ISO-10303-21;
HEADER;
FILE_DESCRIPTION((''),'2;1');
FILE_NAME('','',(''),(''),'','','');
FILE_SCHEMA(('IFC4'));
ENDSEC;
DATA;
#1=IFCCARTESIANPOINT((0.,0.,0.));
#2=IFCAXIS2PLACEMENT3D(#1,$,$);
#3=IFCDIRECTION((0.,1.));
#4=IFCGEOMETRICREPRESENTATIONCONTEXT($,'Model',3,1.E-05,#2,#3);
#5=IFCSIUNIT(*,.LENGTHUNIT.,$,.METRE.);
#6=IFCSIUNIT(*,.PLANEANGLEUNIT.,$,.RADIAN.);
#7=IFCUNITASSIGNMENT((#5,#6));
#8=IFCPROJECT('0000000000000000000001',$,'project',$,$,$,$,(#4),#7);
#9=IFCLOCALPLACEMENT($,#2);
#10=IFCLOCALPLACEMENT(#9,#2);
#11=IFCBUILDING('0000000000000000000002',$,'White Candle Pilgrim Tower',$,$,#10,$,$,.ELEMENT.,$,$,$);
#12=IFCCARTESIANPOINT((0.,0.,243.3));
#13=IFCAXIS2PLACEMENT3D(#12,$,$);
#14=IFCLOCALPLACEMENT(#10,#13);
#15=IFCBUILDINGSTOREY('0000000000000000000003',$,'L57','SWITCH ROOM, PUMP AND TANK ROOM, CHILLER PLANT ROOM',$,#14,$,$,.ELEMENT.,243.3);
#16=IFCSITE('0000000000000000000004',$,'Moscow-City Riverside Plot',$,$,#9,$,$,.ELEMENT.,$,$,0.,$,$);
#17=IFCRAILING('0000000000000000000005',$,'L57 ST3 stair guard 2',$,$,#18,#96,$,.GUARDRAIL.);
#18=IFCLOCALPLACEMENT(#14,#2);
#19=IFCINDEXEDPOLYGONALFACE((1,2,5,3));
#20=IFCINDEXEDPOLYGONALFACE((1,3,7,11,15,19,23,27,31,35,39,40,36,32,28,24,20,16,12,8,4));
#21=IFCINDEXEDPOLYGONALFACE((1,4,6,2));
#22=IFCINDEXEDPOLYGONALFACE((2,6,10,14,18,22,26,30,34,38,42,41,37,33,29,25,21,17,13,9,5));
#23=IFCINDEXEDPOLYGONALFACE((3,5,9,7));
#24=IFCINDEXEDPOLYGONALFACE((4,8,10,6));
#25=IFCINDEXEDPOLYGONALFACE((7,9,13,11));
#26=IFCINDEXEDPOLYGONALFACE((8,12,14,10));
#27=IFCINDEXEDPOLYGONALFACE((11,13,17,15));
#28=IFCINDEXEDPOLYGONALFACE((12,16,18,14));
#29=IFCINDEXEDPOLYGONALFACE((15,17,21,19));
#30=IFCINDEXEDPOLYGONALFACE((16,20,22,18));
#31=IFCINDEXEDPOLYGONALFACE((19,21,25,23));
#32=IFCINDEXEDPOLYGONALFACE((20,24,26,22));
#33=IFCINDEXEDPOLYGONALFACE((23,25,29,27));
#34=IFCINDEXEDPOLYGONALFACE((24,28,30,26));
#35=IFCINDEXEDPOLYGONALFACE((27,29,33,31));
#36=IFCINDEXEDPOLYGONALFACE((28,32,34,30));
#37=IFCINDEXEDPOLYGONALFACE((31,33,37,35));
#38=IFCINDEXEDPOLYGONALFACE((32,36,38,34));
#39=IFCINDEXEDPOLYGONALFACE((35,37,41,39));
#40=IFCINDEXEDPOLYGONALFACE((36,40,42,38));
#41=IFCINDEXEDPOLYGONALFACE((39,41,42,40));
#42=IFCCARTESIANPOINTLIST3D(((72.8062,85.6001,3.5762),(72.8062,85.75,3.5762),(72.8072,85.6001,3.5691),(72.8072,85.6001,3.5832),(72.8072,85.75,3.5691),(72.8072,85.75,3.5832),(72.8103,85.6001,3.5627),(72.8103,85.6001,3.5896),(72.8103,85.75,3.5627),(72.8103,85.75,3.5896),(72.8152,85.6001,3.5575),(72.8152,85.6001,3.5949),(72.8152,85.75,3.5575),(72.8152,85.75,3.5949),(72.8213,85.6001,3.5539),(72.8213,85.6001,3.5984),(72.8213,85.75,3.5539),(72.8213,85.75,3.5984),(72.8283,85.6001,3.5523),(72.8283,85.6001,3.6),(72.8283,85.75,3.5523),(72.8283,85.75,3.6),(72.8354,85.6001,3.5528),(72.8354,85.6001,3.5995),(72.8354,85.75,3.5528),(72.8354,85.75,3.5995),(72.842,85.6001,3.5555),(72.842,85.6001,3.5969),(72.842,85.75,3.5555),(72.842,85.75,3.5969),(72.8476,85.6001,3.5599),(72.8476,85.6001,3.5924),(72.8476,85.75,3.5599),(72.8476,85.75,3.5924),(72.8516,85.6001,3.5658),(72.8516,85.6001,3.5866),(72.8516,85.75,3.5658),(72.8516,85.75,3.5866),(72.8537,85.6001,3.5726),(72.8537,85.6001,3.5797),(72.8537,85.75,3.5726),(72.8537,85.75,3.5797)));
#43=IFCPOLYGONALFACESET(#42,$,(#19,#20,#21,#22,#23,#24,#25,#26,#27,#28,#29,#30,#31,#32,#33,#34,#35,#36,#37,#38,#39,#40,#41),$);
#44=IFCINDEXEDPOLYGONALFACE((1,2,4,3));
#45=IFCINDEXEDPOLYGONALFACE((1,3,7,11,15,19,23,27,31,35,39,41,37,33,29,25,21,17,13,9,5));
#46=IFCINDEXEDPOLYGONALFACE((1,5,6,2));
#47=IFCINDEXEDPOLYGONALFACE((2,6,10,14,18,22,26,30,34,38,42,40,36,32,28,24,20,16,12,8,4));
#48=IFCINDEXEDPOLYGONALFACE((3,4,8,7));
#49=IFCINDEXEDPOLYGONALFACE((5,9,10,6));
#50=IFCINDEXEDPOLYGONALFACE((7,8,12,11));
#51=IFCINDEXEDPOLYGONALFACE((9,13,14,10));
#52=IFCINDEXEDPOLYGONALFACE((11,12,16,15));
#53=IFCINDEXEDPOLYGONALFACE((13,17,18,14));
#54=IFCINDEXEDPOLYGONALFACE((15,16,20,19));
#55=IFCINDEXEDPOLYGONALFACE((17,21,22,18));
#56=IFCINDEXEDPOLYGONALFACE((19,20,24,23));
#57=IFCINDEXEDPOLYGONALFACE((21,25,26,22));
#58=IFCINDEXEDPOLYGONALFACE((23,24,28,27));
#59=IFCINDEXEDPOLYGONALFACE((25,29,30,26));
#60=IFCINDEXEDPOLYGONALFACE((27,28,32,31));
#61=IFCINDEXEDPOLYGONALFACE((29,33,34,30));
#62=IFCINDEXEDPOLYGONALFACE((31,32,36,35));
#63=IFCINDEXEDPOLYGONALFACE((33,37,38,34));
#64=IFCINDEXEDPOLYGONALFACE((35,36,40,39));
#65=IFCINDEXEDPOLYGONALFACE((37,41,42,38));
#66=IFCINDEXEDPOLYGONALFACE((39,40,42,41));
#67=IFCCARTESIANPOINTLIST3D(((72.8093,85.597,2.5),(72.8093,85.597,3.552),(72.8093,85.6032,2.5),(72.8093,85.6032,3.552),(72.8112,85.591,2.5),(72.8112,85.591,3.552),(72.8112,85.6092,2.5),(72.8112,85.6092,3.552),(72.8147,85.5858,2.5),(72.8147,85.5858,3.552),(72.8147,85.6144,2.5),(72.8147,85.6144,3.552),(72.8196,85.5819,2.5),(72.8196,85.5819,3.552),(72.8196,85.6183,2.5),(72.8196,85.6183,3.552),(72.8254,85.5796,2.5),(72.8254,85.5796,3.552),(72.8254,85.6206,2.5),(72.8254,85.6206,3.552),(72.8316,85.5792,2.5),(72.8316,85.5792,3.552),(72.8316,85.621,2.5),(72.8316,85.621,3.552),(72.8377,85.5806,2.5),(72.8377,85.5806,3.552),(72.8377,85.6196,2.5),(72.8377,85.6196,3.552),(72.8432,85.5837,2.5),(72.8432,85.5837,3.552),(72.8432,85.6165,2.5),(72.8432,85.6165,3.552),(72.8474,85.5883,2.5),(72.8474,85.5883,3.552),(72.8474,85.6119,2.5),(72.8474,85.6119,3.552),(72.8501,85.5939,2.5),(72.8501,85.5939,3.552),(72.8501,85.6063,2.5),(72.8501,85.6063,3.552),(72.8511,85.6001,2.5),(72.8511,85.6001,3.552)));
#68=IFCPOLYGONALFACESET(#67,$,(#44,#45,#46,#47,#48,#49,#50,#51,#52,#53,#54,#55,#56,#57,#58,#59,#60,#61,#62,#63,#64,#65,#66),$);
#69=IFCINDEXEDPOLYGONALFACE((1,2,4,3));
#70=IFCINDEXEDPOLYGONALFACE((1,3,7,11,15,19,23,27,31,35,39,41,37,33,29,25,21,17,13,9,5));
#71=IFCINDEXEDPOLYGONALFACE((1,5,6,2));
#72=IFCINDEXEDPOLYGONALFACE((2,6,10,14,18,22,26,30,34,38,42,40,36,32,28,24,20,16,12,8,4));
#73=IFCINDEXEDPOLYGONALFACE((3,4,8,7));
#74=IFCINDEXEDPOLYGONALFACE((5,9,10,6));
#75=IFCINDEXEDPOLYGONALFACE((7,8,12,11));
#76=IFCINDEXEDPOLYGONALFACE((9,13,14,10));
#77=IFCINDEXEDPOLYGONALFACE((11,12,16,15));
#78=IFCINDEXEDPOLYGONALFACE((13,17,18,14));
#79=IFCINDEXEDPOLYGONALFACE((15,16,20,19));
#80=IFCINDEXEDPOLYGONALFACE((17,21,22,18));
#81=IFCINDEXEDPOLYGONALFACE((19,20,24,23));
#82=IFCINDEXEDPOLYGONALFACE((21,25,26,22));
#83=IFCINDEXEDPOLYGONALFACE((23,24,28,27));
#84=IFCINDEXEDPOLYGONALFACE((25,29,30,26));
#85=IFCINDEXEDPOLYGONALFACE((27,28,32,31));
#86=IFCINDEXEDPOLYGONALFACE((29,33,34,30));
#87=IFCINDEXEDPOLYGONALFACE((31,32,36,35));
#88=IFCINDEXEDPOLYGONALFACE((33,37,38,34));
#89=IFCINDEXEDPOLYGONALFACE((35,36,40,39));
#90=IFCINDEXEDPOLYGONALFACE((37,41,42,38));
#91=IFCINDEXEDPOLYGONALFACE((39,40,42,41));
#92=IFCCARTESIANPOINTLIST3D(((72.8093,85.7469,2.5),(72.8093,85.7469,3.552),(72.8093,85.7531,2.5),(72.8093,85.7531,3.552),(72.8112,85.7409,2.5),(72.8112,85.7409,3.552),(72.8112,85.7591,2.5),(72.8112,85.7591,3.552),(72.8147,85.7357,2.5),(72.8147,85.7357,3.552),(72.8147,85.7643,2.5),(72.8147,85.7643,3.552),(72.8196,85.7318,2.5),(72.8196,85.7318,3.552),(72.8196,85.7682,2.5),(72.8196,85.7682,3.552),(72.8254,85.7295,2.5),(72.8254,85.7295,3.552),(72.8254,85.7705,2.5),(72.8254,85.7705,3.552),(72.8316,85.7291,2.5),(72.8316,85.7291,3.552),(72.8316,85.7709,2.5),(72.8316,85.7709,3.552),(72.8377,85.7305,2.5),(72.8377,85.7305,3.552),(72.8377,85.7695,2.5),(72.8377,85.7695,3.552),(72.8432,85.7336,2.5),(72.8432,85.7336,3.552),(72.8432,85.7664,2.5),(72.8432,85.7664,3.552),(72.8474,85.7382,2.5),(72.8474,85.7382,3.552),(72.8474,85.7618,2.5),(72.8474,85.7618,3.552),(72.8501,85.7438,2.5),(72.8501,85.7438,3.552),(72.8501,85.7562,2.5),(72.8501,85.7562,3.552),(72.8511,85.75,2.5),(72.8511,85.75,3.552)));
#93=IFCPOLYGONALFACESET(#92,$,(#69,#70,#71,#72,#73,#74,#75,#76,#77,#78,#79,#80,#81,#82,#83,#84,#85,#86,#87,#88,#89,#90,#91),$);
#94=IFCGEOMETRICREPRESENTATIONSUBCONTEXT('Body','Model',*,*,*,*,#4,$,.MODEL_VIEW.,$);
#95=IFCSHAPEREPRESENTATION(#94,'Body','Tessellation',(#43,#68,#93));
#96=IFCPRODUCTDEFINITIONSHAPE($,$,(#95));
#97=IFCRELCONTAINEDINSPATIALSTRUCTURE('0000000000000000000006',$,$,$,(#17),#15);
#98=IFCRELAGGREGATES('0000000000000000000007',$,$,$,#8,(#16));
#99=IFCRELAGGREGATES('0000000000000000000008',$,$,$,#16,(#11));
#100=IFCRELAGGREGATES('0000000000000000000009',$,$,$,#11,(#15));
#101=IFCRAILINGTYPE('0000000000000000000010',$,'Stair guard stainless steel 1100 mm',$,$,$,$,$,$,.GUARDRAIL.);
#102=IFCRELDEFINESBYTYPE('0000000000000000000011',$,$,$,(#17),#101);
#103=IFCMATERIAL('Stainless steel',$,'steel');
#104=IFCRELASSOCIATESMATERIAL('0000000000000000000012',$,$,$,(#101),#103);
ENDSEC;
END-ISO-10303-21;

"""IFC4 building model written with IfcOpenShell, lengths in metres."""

from ifc_helpers import new_model, si_unit, direction, frame, origin, origin_2d, place, context, subcontext, project, spatial, circle, extrude, material, type_object, element, save


model = new_model("IFC4")

# Units and contexts
model_context = context("Model", 3, precision=1e-05, world=origin(), true_north=direction((0.0, 1.0)))
body_context = subcontext(model_context, "Body", "Model", "MODEL_VIEW")
ifc_project = project(units=[si_unit("LENGTHUNIT", "METRE"), si_unit("PLANEANGLEUNIT", "RADIAN")], contexts=[model_context])

# Site, building, storey
site_placement = place(None, origin())
site = spatial("IfcSite", under=ifc_project, at=site_placement, Name="Moscow-City Riverside Plot", CompositionType="ELEMENT", RefElevation=0.0)
building_placement = place(site_placement, origin())
building = spatial("IfcBuilding", under=site, at=building_placement, Name="White Candle Pilgrim Tower", CompositionType="ELEMENT")
storey_placement = place(building_placement, frame((0.0, 0.0, 243.3)))
storey = spatial("IfcBuildingStorey", under=building, at=storey_placement, Name="L57", Description="SWITCH ROOM, PUMP AND TANK ROOM, CHILLER PLANT ROOM", CompositionType="ELEMENT", Elevation=243.3)

# Shared definitions
ifc_material_1 = material(Name="Stainless steel", Category="steel")

# Railing
railing_type_1 = type_object("IfcRailingType", Name="Stair guard stainless steel 1100 mm", PredefinedType="GUARDRAIL", material=ifc_material_1)
railing_1_placement = place(storey_placement, frame((72.8301, 85.6001, 2.5)))
element("IfcRailing", 1, at=railing_1_placement, inside=storey, type_object=railing_type_1, Name="L57 ST3 stair guard 2", PredefinedType="GUARDRAIL", context=body_context, shape_type="SweptSolid", body=[
    extrude(circle(Radius=0.0239, at=origin_2d()), frame((0.0, 0.0, 1.0762), z_axis=(0.0, 1.0, 0.0), x_axis=(-1.0, 0.0, 0.0)), (0.0, 0.0, 1.0), 0.1499),
    extrude(circle(Radius=0.021, at=origin_2d()), origin(), (0.0, 0.0, 1.0), 1.052),
    extrude(circle(Radius=0.021, at=origin_2d()), frame((0.0, 0.1499, 0.0)), (0.0, 0.0, 1.0), 1.052),
])

save(model, "model.ifc")
